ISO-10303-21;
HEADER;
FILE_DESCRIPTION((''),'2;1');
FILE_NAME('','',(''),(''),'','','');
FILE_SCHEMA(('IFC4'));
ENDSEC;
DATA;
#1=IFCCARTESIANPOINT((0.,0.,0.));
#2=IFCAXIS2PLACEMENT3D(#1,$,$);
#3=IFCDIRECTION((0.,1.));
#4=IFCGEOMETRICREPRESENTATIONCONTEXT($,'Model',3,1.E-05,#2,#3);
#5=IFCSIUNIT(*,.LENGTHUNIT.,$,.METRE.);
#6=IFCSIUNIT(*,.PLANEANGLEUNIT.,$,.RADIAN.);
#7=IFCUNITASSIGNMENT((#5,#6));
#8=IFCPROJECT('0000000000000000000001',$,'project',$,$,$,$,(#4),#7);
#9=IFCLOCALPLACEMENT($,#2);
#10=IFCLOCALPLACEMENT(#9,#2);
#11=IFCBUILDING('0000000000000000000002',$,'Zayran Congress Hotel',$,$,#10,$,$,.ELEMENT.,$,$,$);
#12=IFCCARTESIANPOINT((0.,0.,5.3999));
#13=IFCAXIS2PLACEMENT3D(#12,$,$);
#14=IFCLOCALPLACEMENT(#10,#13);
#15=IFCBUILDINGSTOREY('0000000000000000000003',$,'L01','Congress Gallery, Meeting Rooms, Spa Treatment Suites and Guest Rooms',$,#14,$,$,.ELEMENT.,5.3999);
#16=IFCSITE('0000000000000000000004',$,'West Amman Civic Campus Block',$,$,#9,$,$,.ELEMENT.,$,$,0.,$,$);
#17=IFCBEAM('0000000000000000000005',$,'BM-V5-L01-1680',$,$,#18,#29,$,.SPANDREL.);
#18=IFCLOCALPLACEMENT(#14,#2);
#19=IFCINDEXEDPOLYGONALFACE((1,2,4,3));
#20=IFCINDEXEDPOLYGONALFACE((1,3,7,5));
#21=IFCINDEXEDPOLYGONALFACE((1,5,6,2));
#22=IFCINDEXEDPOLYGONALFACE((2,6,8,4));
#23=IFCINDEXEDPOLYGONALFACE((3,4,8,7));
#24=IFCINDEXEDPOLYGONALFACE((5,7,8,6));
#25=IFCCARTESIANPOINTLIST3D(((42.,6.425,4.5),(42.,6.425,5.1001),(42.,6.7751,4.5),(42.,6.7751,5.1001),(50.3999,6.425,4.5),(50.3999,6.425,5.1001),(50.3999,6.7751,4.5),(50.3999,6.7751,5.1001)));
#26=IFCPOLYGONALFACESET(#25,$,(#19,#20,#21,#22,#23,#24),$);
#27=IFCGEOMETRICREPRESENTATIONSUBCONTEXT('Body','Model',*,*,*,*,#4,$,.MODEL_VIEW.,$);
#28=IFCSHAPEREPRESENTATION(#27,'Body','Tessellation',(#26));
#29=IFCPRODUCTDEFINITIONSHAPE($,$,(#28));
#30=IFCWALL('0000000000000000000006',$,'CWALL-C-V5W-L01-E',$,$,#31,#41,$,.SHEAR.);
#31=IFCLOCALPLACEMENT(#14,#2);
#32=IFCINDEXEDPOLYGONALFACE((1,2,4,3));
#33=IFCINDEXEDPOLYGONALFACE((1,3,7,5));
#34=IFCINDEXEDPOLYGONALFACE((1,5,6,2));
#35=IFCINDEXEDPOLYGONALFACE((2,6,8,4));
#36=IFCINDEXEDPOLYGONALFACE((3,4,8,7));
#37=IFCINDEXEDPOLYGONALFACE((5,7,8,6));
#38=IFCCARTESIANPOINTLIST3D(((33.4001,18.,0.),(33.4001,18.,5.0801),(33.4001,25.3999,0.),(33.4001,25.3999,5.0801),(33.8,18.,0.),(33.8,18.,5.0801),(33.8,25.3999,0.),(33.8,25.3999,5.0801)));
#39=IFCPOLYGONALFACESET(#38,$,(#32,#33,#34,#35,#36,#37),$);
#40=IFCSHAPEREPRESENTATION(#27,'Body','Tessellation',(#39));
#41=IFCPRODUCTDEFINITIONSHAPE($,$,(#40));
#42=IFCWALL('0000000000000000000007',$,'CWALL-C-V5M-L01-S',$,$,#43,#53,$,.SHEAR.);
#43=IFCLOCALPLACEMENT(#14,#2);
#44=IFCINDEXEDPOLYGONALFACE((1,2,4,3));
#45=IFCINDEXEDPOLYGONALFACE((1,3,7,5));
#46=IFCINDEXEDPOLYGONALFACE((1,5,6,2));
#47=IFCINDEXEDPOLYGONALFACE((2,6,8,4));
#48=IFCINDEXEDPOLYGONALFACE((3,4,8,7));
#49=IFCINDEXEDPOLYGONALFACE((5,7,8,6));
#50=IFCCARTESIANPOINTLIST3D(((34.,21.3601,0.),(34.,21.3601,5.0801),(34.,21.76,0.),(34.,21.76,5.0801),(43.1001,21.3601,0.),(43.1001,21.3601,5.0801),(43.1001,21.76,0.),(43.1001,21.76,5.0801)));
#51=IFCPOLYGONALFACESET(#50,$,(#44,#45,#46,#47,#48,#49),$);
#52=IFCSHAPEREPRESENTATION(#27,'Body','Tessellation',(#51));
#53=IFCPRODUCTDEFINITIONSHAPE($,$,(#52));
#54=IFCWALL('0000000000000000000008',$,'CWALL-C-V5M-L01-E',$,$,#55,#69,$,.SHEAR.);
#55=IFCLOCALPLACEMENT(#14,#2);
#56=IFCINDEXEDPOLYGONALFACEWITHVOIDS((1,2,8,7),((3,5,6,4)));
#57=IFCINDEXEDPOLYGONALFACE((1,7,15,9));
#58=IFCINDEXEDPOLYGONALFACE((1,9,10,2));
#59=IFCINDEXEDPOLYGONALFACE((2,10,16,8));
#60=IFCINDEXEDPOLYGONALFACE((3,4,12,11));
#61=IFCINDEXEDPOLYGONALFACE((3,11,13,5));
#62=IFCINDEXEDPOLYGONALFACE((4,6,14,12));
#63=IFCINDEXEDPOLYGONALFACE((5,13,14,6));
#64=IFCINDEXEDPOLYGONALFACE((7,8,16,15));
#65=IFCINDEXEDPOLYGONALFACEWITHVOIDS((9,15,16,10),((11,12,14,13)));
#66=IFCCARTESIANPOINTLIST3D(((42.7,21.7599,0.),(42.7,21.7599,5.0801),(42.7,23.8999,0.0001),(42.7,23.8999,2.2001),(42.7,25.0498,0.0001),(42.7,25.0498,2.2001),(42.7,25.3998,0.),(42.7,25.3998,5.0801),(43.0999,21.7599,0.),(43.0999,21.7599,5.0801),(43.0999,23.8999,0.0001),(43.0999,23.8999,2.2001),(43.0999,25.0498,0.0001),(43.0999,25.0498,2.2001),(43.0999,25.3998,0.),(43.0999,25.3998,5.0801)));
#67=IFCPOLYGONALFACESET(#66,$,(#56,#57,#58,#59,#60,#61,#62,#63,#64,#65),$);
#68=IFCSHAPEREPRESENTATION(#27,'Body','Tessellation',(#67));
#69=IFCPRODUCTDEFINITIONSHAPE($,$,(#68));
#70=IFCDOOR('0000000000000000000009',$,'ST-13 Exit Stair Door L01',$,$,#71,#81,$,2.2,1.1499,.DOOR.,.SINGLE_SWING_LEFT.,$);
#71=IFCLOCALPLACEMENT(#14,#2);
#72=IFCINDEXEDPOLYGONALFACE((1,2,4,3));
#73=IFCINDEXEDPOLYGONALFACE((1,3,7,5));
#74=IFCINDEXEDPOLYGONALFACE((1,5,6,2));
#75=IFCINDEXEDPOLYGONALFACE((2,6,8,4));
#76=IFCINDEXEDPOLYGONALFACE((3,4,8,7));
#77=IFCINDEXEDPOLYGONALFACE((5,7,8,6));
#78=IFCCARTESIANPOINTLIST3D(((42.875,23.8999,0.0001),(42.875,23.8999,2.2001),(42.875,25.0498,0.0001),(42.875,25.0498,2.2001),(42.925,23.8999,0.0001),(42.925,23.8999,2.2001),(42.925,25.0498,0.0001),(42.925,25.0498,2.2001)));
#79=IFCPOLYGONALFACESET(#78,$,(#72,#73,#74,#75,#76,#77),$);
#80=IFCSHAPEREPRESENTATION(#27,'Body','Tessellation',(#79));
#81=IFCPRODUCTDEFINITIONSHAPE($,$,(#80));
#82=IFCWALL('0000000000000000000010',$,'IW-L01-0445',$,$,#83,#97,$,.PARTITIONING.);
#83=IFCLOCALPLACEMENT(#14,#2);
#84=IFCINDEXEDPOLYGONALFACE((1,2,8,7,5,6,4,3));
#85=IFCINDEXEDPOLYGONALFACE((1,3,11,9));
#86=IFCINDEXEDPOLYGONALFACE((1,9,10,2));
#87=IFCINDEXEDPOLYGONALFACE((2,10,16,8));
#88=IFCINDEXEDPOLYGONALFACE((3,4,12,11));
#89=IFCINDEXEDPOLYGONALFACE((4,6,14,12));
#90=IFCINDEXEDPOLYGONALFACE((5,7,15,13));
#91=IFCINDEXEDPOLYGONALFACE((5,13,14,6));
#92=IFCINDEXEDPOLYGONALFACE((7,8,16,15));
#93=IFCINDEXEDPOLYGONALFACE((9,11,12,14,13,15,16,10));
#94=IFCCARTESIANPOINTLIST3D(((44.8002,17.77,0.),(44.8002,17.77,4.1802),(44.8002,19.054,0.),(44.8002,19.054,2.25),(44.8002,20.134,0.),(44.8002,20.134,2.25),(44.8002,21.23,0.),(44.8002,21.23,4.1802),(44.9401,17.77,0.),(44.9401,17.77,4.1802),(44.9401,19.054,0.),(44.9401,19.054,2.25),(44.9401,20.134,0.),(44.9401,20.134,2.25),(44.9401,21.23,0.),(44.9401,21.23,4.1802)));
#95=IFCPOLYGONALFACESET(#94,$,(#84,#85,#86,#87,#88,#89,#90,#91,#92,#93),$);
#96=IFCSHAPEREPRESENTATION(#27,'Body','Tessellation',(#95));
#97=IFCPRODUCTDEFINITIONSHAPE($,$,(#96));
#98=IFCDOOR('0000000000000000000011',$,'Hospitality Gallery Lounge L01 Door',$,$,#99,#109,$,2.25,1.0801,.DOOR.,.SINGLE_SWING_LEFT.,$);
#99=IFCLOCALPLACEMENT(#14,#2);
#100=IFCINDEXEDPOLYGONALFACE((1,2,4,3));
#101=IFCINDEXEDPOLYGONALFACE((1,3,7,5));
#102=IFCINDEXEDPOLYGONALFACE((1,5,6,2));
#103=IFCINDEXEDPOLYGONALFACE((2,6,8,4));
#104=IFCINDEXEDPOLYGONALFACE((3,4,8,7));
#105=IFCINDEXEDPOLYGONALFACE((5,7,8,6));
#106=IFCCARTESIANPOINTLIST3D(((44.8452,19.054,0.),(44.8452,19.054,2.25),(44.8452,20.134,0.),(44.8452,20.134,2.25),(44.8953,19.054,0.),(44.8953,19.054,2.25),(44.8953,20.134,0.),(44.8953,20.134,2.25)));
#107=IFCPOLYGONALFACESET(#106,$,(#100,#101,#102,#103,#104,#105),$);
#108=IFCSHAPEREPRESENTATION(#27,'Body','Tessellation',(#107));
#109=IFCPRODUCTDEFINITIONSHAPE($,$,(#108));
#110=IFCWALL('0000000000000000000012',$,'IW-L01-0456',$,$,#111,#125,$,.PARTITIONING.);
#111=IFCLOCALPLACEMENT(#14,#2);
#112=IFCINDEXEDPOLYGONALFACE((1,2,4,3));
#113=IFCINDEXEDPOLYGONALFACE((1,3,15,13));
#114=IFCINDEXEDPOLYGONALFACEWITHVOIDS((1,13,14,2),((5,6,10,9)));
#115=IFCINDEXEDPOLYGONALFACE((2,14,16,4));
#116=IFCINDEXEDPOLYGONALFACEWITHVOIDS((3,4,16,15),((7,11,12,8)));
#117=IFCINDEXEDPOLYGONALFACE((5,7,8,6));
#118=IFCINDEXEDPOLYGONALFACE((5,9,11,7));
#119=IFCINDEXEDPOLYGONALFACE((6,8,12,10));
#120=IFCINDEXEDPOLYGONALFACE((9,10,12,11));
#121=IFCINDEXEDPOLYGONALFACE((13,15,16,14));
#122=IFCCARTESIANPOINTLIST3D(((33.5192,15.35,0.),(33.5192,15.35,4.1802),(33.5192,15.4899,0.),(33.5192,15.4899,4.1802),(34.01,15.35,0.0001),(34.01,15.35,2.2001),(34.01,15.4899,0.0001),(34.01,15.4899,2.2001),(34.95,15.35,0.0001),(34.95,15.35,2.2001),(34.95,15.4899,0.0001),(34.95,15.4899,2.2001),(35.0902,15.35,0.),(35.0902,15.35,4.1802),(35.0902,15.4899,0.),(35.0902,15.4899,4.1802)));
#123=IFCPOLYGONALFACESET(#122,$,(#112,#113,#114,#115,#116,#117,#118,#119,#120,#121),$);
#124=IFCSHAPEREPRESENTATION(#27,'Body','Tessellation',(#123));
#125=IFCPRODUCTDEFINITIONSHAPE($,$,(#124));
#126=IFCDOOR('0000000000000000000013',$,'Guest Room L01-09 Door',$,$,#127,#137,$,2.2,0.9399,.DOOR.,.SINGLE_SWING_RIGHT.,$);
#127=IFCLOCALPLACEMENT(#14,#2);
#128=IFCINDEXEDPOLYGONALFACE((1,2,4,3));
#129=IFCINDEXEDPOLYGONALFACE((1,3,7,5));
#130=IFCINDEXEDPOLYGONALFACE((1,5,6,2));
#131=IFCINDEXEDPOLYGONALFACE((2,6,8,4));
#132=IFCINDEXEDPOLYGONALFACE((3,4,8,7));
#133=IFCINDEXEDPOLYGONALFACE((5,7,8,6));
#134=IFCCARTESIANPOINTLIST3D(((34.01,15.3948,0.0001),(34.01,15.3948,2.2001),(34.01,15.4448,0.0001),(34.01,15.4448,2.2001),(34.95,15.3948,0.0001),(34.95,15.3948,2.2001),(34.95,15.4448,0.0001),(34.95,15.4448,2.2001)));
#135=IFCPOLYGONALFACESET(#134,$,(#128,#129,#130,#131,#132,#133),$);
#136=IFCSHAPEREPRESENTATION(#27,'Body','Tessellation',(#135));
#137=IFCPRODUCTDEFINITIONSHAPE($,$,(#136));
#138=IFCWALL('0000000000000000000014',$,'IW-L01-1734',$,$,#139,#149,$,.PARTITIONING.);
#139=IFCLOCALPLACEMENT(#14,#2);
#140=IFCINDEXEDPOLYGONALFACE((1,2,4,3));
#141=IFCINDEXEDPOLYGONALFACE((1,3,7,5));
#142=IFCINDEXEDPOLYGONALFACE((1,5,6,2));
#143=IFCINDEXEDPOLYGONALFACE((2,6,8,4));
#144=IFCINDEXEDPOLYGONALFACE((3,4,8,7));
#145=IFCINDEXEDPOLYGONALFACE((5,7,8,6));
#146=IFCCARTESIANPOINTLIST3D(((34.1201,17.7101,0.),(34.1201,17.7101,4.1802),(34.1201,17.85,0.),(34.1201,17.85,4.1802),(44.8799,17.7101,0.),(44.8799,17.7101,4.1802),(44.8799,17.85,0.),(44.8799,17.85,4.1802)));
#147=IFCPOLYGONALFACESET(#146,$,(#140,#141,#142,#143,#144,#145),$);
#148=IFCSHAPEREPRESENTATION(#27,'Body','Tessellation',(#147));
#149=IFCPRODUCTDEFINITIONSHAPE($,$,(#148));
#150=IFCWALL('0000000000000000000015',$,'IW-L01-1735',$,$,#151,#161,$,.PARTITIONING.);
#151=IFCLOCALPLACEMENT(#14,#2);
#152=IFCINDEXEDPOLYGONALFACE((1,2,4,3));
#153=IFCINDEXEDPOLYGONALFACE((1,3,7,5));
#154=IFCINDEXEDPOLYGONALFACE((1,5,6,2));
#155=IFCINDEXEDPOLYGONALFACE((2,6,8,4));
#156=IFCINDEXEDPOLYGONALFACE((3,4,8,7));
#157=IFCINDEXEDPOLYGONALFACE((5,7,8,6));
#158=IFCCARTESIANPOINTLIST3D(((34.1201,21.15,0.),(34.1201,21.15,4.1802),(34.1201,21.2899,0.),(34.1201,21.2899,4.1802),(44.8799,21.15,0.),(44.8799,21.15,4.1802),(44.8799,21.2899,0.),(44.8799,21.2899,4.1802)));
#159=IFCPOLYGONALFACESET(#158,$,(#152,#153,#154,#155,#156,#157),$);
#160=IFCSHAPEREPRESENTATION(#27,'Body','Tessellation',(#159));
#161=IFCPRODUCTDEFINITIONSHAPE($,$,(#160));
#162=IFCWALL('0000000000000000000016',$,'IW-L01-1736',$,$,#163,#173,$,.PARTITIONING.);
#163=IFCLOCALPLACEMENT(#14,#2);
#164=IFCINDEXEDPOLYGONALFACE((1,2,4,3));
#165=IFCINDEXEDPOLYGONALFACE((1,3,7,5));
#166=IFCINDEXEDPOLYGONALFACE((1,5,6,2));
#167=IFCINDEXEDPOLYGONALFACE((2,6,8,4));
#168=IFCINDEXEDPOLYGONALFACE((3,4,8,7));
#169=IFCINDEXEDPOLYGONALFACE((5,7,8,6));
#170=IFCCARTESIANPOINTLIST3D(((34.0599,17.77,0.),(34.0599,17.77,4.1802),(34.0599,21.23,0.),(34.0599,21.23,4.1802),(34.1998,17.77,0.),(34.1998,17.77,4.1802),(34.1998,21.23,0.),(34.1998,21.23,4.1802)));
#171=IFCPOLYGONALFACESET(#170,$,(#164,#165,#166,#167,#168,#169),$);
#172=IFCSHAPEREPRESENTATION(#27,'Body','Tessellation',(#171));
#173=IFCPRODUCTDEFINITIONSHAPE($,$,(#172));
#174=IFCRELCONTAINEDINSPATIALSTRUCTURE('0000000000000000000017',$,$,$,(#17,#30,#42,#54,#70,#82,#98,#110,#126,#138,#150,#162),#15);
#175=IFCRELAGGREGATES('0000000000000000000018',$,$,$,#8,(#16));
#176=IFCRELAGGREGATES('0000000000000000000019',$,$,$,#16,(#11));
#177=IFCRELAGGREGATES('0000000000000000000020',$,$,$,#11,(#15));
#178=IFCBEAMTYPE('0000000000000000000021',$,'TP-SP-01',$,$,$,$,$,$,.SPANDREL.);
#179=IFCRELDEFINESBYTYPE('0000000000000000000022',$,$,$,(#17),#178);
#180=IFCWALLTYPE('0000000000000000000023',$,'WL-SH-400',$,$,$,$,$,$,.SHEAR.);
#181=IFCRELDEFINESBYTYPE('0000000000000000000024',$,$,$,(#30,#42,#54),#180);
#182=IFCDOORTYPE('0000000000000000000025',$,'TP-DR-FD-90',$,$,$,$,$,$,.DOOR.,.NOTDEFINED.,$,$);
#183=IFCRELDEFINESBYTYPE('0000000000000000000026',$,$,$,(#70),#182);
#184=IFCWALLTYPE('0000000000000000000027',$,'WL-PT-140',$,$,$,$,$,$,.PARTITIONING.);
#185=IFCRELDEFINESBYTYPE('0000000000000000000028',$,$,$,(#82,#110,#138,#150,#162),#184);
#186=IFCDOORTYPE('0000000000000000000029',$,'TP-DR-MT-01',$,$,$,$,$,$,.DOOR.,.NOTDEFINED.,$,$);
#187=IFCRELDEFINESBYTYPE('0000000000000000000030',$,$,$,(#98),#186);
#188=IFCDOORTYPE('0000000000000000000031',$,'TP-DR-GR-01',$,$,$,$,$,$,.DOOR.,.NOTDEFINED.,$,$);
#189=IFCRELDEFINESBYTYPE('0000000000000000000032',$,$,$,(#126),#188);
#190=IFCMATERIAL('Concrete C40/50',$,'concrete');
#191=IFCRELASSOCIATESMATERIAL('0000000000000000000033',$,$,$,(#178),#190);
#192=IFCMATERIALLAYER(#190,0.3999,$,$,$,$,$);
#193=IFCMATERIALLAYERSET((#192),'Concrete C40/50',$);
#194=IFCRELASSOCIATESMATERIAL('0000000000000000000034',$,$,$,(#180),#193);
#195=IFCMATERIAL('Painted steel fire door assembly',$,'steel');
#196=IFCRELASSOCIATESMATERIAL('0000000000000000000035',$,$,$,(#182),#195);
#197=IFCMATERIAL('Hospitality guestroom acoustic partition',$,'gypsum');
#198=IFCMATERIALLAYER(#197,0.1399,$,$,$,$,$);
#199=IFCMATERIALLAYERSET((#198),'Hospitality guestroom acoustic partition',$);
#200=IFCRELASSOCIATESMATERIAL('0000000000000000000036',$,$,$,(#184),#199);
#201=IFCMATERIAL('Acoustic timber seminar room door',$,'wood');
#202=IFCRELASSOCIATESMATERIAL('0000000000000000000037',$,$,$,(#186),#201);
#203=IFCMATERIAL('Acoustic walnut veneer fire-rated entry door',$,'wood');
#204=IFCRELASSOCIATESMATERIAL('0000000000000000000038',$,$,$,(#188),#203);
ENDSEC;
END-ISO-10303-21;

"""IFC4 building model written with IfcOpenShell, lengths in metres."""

from ifc_helpers import new_model, si_unit, direction, frame, frame_2d, origin, origin_2d, place, context, subcontext, project, spatial, rectangle, extrude, material, layer, layer_set, material_profile, profile_set, type_object, element, fill, save


model = new_model("IFC4")

# Units and contexts
model_context = context("Model", 3, precision=1e-05, world=origin(), true_north=direction((0.0, 1.0)))
body_context = subcontext(model_context, "Body", "Model", "MODEL_VIEW")
ifc_project = project(units=[si_unit("LENGTHUNIT", "METRE"), si_unit("PLANEANGLEUNIT", "RADIAN")], contexts=[model_context])

# Site, building, storey
site_placement = place(None, origin())
site = spatial("IfcSite", under=ifc_project, at=site_placement, Name="West Amman Civic Campus Block", CompositionType="ELEMENT", RefElevation=0.0)
building_placement = place(site_placement, origin())
building = spatial("IfcBuilding", under=site, at=building_placement, Name="Zayran Congress Hotel", CompositionType="ELEMENT")
storey_placement = place(building_placement, frame((0.0, 0.0, 5.3999)))
storey = spatial("IfcBuildingStorey", under=building, at=storey_placement, Name="L01", Description="Congress Gallery, Meeting Rooms, Spa Treatment Suites and Guest Rooms", CompositionType="ELEMENT", Elevation=5.3999)

# Shared definitions
ifc_material_1 = material(Name="Concrete C40/50", Category="concrete")

# Beam
ifc_material_profile_1 = material_profile(ifc_material_1, rectangle(XDim=0.3501, YDim=0.6001, at=origin_2d()), Name="RC 350x600")
ifc_profile_set_1 = profile_set([ifc_material_profile_1], Name="Concrete C40/50")
beam_type_1 = type_object("IfcBeamType", Name="TP-SP-01", PredefinedType="SPANDREL", material=ifc_profile_set_1)
for number, where, z_axis, x_axis, name in (
    (1, (42.0, 6.6001, 4.8), (1.0, 0.0, 0.0), (0.0, 1.0, 0.0), "BM-V5-L01-1680"),
):
    element("IfcBeam", number, at=place(storey_placement, frame(where, z_axis=z_axis, x_axis=x_axis)), inside=storey, type_object=beam_type_1, Name=name, PredefinedType="SPANDREL", context=body_context, shape_type="SweptSolid", body=[
        extrude(rectangle(XDim=0.3501, YDim=0.6001, at=origin_2d()), origin(), (0.0, 0.0, 1.0), 8.3999),
    ])

# Walls
ifc_layer_1 = layer(ifc_material_1, 0.3999)
ifc_layer_set_1 = layer_set([ifc_layer_1], Name="Concrete C40/50")
wall_type_1 = type_object("IfcWallType", Name="WL-SH-400", PredefinedType="SHEAR", material=ifc_layer_set_1)
wall_1_placement = place(storey_placement, frame((33.6001, 18.0, 0.0), z_axis=(0.0, 0.0, 1.0), x_axis=(0.0, 1.0, 0.0)))
element("IfcWall", 2, at=wall_1_placement, inside=storey, type_object=wall_type_1, Name="CWALL-C-V5W-L01-E", PredefinedType="SHEAR", context=body_context, shape_type="SweptSolid", body=[
    extrude(rectangle(XDim=7.3999, YDim=0.3999, at=frame_2d((3.7, 0.0))), origin(), (0.0, 0.0, 1.0), 5.0801),
])
wall_2_placement = place(storey_placement, frame((34.0, 21.5601, 0.0), z_axis=(0.0, 0.0, 1.0), x_axis=(1.0, 0.0, 0.0)))
element("IfcWall", 3, at=wall_2_placement, inside=storey, type_object=wall_type_1, Name="CWALL-C-V5M-L01-S", PredefinedType="SHEAR", context=body_context, shape_type="SweptSolid", body=[
    extrude(rectangle(XDim=9.1001, YDim=0.3999, at=frame_2d((4.55, 0.0))), origin(), (0.0, 0.0, 1.0), 5.0801),
])

# Walls, openings, doors
wall_3_placement = place(storey_placement, frame((42.8999, 21.76, 0.0), z_axis=(0.0, 0.0, 1.0), x_axis=(0.0, 1.0, 0.0)))
wall_3 = element("IfcWall", 4, at=wall_3_placement, inside=storey, type_object=wall_type_1, Name="CWALL-C-V5M-L01-E", PredefinedType="SHEAR", context=body_context, shape_type="SweptSolid", body=[
    extrude(rectangle(XDim=3.6399, YDim=0.3999, at=frame_2d((1.8198, 0.0))), origin(), (0.0, 0.0, 1.0), 5.0801),
])
opening_1_placement = place(wall_3_placement, frame((2.1399, 0.0, 0.0)))
opening_1 = element("IfcOpeningElement", 5, at=opening_1_placement, cuts=wall_3, PredefinedType="OPENING", context=body_context, shape_type="SweptSolid", body=[
    extrude(rectangle(XDim=1.1499, YDim=2.2, at=frame_2d((0.575, 1.1001))), frame((0.0, 0.21, 0.0), z_axis=(0.0, -1.0, 0.0), x_axis=(1.0, 0.0, 0.0)), (0.0, 0.0, 1.0), 0.4199),
])
ifc_material_2 = material(Name="Painted steel fire door assembly", Category="steel")
door_type_1 = type_object("IfcDoorType", Name="TP-DR-FD-90", OperationType="NOTDEFINED", PredefinedType="DOOR", material=ifc_material_2)
door_1_placement = place(opening_1_placement, origin())
door_1 = element("IfcDoor", 6, at=door_1_placement, inside=storey, type_object=door_type_1, Name="ST-13 Exit Stair Door L01", OperationType="SINGLE_SWING_LEFT", OverallHeight=2.2, OverallWidth=1.1499, PredefinedType="DOOR", context=body_context, shape_type="SweptSolid", body=[
    extrude(rectangle(XDim=1.1499, YDim=2.2, at=frame_2d((0.575, 1.1001))), frame((0.0, 0.0249, 0.0), z_axis=(0.0, -1.0, 0.0), x_axis=(1.0, 0.0, 0.0)), (0.0, 0.0, 1.0), 0.05),
])
fill(opening_1, door_1)
ifc_material_3 = material(Name="Hospitality guestroom acoustic partition", Category="gypsum")
ifc_layer_2 = layer(ifc_material_3, 0.1399)
ifc_layer_set_2 = layer_set([ifc_layer_2], Name="Hospitality guestroom acoustic partition")
wall_type_2 = type_object("IfcWallType", Name="WL-PT-140", PredefinedType="PARTITIONING", material=ifc_layer_set_2)
wall_4_placement = place(storey_placement, frame((44.8701, 17.77, 0.0), z_axis=(0.0, 0.0, 1.0), x_axis=(0.0, 1.0, 0.0)))
wall_4 = element("IfcWall", 7, at=wall_4_placement, inside=storey, type_object=wall_type_2, Name="IW-L01-0445", PredefinedType="PARTITIONING", context=body_context, shape_type="SweptSolid", body=[
    extrude(rectangle(XDim=3.46, YDim=0.1399, at=frame_2d((1.73, 0.0))), origin(), (0.0, 0.0, 1.0), 4.1802),
])
opening_2_placement = place(wall_4_placement, frame((1.2839, 0.0, 0.0)))
opening_2 = element("IfcOpeningElement", 8, at=opening_2_placement, cuts=wall_4, PredefinedType="OPENING", context=body_context, shape_type="SweptSolid", body=[
    extrude(rectangle(XDim=1.0801, YDim=2.25, at=frame_2d((0.54, 1.125))), frame((0.0, 0.0798, 0.0), z_axis=(0.0, -1.0, 0.0), x_axis=(1.0, 0.0, 0.0)), (0.0, 0.0, 1.0), 0.1599),
])
ifc_material_4 = material(Name="Acoustic timber seminar room door", Category="wood")
door_type_2 = type_object("IfcDoorType", Name="TP-DR-MT-01", OperationType="NOTDEFINED", PredefinedType="DOOR", material=ifc_material_4)
door_2_placement = place(opening_2_placement, origin())
door_2 = element("IfcDoor", 9, at=door_2_placement, inside=storey, type_object=door_type_2, Name="Hospitality Gallery Lounge L01 Door", OperationType="SINGLE_SWING_LEFT", OverallHeight=2.25, OverallWidth=1.0801, PredefinedType="DOOR", context=body_context, shape_type="SweptSolid", body=[
    extrude(rectangle(XDim=1.0801, YDim=2.25, at=frame_2d((0.54, 1.125))), frame((0.0, 0.0249, 0.0), z_axis=(0.0, -1.0, 0.0), x_axis=(1.0, 0.0, 0.0)), (0.0, 0.0, 1.0), 0.05),
])
fill(opening_2, door_2)
wall_5_placement = place(storey_placement, frame((33.519, 15.4199, 0.0), z_axis=(0.0, 0.0, 1.0), x_axis=(1.0, 0.0, 0.0)))
wall_5 = element("IfcWall", 10, at=wall_5_placement, inside=storey, type_object=wall_type_2, Name="IW-L01-0456", PredefinedType="PARTITIONING", context=body_context, shape_type="SweptSolid", body=[
    extrude(rectangle(XDim=1.571, YDim=0.1399, at=frame_2d((0.7856, 0.0))), origin(), (0.0, 0.0, 1.0), 4.1802),
])
opening_3_placement = place(wall_5_placement, frame((0.491, 0.0, 0.0)))
opening_3 = element("IfcOpeningElement", 11, at=opening_3_placement, cuts=wall_5, PredefinedType="OPENING", context=body_context, shape_type="SweptSolid", body=[
    extrude(rectangle(XDim=0.9399, YDim=2.2, at=frame_2d((0.47, 1.1001))), frame((0.0, 0.0798, 0.0), z_axis=(0.0, -1.0, 0.0), x_axis=(1.0, 0.0, 0.0)), (0.0, 0.0, 1.0), 0.1599),
])
ifc_material_5 = material(Name="Acoustic walnut veneer fire-rated entry door", Category="wood")
door_type_3 = type_object("IfcDoorType", Name="TP-DR-GR-01", OperationType="NOTDEFINED", PredefinedType="DOOR", material=ifc_material_5)
door_3_placement = place(opening_3_placement, origin())
door_3 = element("IfcDoor", 12, at=door_3_placement, inside=storey, type_object=door_type_3, Name="Guest Room L01-09 Door", OperationType="SINGLE_SWING_RIGHT", OverallHeight=2.2, OverallWidth=0.9399, PredefinedType="DOOR", context=body_context, shape_type="SweptSolid", body=[
    extrude(rectangle(XDim=0.9399, YDim=2.2, at=frame_2d((0.47, 1.1001))), frame((0.0, 0.0249, 0.0), z_axis=(0.0, -1.0, 0.0), x_axis=(1.0, 0.0, 0.0)), (0.0, 0.0, 1.0), 0.05),
])
fill(opening_3, door_3)

# Walls
for number, where, z_axis, x_axis, name in (
    (13, (34.1201, 17.78, 0.0), (0.0, 0.0, 1.0), (1.0, 0.0, 0.0), "IW-L01-1734"),
    (14, (34.1201, 21.22, 0.0), (0.0, 0.0, 1.0), (1.0, 0.0, 0.0), "IW-L01-1735"),
):
    element("IfcWall", number, at=place(storey_placement, frame(where, z_axis=z_axis, x_axis=x_axis)), inside=storey, type_object=wall_type_2, Name=name, PredefinedType="PARTITIONING", context=body_context, shape_type="SweptSolid", body=[
        extrude(rectangle(XDim=10.7598, YDim=0.1399, at=frame_2d((5.3799, 0.0))), origin(), (0.0, 0.0, 1.0), 4.1802),
    ])
wall_6_placement = place(storey_placement, frame((34.1299, 17.77, 0.0), z_axis=(0.0, 0.0, 1.0), x_axis=(0.0, 1.0, 0.0)))
element("IfcWall", 15, at=wall_6_placement, inside=storey, type_object=wall_type_2, Name="IW-L01-1736", PredefinedType="PARTITIONING", context=body_context, shape_type="SweptSolid", body=[
    extrude(rectangle(XDim=3.46, YDim=0.1399, at=frame_2d((1.73, 0.0))), origin(), (0.0, 0.0, 1.0), 4.1802),
])

save(model, "model.ifc")
